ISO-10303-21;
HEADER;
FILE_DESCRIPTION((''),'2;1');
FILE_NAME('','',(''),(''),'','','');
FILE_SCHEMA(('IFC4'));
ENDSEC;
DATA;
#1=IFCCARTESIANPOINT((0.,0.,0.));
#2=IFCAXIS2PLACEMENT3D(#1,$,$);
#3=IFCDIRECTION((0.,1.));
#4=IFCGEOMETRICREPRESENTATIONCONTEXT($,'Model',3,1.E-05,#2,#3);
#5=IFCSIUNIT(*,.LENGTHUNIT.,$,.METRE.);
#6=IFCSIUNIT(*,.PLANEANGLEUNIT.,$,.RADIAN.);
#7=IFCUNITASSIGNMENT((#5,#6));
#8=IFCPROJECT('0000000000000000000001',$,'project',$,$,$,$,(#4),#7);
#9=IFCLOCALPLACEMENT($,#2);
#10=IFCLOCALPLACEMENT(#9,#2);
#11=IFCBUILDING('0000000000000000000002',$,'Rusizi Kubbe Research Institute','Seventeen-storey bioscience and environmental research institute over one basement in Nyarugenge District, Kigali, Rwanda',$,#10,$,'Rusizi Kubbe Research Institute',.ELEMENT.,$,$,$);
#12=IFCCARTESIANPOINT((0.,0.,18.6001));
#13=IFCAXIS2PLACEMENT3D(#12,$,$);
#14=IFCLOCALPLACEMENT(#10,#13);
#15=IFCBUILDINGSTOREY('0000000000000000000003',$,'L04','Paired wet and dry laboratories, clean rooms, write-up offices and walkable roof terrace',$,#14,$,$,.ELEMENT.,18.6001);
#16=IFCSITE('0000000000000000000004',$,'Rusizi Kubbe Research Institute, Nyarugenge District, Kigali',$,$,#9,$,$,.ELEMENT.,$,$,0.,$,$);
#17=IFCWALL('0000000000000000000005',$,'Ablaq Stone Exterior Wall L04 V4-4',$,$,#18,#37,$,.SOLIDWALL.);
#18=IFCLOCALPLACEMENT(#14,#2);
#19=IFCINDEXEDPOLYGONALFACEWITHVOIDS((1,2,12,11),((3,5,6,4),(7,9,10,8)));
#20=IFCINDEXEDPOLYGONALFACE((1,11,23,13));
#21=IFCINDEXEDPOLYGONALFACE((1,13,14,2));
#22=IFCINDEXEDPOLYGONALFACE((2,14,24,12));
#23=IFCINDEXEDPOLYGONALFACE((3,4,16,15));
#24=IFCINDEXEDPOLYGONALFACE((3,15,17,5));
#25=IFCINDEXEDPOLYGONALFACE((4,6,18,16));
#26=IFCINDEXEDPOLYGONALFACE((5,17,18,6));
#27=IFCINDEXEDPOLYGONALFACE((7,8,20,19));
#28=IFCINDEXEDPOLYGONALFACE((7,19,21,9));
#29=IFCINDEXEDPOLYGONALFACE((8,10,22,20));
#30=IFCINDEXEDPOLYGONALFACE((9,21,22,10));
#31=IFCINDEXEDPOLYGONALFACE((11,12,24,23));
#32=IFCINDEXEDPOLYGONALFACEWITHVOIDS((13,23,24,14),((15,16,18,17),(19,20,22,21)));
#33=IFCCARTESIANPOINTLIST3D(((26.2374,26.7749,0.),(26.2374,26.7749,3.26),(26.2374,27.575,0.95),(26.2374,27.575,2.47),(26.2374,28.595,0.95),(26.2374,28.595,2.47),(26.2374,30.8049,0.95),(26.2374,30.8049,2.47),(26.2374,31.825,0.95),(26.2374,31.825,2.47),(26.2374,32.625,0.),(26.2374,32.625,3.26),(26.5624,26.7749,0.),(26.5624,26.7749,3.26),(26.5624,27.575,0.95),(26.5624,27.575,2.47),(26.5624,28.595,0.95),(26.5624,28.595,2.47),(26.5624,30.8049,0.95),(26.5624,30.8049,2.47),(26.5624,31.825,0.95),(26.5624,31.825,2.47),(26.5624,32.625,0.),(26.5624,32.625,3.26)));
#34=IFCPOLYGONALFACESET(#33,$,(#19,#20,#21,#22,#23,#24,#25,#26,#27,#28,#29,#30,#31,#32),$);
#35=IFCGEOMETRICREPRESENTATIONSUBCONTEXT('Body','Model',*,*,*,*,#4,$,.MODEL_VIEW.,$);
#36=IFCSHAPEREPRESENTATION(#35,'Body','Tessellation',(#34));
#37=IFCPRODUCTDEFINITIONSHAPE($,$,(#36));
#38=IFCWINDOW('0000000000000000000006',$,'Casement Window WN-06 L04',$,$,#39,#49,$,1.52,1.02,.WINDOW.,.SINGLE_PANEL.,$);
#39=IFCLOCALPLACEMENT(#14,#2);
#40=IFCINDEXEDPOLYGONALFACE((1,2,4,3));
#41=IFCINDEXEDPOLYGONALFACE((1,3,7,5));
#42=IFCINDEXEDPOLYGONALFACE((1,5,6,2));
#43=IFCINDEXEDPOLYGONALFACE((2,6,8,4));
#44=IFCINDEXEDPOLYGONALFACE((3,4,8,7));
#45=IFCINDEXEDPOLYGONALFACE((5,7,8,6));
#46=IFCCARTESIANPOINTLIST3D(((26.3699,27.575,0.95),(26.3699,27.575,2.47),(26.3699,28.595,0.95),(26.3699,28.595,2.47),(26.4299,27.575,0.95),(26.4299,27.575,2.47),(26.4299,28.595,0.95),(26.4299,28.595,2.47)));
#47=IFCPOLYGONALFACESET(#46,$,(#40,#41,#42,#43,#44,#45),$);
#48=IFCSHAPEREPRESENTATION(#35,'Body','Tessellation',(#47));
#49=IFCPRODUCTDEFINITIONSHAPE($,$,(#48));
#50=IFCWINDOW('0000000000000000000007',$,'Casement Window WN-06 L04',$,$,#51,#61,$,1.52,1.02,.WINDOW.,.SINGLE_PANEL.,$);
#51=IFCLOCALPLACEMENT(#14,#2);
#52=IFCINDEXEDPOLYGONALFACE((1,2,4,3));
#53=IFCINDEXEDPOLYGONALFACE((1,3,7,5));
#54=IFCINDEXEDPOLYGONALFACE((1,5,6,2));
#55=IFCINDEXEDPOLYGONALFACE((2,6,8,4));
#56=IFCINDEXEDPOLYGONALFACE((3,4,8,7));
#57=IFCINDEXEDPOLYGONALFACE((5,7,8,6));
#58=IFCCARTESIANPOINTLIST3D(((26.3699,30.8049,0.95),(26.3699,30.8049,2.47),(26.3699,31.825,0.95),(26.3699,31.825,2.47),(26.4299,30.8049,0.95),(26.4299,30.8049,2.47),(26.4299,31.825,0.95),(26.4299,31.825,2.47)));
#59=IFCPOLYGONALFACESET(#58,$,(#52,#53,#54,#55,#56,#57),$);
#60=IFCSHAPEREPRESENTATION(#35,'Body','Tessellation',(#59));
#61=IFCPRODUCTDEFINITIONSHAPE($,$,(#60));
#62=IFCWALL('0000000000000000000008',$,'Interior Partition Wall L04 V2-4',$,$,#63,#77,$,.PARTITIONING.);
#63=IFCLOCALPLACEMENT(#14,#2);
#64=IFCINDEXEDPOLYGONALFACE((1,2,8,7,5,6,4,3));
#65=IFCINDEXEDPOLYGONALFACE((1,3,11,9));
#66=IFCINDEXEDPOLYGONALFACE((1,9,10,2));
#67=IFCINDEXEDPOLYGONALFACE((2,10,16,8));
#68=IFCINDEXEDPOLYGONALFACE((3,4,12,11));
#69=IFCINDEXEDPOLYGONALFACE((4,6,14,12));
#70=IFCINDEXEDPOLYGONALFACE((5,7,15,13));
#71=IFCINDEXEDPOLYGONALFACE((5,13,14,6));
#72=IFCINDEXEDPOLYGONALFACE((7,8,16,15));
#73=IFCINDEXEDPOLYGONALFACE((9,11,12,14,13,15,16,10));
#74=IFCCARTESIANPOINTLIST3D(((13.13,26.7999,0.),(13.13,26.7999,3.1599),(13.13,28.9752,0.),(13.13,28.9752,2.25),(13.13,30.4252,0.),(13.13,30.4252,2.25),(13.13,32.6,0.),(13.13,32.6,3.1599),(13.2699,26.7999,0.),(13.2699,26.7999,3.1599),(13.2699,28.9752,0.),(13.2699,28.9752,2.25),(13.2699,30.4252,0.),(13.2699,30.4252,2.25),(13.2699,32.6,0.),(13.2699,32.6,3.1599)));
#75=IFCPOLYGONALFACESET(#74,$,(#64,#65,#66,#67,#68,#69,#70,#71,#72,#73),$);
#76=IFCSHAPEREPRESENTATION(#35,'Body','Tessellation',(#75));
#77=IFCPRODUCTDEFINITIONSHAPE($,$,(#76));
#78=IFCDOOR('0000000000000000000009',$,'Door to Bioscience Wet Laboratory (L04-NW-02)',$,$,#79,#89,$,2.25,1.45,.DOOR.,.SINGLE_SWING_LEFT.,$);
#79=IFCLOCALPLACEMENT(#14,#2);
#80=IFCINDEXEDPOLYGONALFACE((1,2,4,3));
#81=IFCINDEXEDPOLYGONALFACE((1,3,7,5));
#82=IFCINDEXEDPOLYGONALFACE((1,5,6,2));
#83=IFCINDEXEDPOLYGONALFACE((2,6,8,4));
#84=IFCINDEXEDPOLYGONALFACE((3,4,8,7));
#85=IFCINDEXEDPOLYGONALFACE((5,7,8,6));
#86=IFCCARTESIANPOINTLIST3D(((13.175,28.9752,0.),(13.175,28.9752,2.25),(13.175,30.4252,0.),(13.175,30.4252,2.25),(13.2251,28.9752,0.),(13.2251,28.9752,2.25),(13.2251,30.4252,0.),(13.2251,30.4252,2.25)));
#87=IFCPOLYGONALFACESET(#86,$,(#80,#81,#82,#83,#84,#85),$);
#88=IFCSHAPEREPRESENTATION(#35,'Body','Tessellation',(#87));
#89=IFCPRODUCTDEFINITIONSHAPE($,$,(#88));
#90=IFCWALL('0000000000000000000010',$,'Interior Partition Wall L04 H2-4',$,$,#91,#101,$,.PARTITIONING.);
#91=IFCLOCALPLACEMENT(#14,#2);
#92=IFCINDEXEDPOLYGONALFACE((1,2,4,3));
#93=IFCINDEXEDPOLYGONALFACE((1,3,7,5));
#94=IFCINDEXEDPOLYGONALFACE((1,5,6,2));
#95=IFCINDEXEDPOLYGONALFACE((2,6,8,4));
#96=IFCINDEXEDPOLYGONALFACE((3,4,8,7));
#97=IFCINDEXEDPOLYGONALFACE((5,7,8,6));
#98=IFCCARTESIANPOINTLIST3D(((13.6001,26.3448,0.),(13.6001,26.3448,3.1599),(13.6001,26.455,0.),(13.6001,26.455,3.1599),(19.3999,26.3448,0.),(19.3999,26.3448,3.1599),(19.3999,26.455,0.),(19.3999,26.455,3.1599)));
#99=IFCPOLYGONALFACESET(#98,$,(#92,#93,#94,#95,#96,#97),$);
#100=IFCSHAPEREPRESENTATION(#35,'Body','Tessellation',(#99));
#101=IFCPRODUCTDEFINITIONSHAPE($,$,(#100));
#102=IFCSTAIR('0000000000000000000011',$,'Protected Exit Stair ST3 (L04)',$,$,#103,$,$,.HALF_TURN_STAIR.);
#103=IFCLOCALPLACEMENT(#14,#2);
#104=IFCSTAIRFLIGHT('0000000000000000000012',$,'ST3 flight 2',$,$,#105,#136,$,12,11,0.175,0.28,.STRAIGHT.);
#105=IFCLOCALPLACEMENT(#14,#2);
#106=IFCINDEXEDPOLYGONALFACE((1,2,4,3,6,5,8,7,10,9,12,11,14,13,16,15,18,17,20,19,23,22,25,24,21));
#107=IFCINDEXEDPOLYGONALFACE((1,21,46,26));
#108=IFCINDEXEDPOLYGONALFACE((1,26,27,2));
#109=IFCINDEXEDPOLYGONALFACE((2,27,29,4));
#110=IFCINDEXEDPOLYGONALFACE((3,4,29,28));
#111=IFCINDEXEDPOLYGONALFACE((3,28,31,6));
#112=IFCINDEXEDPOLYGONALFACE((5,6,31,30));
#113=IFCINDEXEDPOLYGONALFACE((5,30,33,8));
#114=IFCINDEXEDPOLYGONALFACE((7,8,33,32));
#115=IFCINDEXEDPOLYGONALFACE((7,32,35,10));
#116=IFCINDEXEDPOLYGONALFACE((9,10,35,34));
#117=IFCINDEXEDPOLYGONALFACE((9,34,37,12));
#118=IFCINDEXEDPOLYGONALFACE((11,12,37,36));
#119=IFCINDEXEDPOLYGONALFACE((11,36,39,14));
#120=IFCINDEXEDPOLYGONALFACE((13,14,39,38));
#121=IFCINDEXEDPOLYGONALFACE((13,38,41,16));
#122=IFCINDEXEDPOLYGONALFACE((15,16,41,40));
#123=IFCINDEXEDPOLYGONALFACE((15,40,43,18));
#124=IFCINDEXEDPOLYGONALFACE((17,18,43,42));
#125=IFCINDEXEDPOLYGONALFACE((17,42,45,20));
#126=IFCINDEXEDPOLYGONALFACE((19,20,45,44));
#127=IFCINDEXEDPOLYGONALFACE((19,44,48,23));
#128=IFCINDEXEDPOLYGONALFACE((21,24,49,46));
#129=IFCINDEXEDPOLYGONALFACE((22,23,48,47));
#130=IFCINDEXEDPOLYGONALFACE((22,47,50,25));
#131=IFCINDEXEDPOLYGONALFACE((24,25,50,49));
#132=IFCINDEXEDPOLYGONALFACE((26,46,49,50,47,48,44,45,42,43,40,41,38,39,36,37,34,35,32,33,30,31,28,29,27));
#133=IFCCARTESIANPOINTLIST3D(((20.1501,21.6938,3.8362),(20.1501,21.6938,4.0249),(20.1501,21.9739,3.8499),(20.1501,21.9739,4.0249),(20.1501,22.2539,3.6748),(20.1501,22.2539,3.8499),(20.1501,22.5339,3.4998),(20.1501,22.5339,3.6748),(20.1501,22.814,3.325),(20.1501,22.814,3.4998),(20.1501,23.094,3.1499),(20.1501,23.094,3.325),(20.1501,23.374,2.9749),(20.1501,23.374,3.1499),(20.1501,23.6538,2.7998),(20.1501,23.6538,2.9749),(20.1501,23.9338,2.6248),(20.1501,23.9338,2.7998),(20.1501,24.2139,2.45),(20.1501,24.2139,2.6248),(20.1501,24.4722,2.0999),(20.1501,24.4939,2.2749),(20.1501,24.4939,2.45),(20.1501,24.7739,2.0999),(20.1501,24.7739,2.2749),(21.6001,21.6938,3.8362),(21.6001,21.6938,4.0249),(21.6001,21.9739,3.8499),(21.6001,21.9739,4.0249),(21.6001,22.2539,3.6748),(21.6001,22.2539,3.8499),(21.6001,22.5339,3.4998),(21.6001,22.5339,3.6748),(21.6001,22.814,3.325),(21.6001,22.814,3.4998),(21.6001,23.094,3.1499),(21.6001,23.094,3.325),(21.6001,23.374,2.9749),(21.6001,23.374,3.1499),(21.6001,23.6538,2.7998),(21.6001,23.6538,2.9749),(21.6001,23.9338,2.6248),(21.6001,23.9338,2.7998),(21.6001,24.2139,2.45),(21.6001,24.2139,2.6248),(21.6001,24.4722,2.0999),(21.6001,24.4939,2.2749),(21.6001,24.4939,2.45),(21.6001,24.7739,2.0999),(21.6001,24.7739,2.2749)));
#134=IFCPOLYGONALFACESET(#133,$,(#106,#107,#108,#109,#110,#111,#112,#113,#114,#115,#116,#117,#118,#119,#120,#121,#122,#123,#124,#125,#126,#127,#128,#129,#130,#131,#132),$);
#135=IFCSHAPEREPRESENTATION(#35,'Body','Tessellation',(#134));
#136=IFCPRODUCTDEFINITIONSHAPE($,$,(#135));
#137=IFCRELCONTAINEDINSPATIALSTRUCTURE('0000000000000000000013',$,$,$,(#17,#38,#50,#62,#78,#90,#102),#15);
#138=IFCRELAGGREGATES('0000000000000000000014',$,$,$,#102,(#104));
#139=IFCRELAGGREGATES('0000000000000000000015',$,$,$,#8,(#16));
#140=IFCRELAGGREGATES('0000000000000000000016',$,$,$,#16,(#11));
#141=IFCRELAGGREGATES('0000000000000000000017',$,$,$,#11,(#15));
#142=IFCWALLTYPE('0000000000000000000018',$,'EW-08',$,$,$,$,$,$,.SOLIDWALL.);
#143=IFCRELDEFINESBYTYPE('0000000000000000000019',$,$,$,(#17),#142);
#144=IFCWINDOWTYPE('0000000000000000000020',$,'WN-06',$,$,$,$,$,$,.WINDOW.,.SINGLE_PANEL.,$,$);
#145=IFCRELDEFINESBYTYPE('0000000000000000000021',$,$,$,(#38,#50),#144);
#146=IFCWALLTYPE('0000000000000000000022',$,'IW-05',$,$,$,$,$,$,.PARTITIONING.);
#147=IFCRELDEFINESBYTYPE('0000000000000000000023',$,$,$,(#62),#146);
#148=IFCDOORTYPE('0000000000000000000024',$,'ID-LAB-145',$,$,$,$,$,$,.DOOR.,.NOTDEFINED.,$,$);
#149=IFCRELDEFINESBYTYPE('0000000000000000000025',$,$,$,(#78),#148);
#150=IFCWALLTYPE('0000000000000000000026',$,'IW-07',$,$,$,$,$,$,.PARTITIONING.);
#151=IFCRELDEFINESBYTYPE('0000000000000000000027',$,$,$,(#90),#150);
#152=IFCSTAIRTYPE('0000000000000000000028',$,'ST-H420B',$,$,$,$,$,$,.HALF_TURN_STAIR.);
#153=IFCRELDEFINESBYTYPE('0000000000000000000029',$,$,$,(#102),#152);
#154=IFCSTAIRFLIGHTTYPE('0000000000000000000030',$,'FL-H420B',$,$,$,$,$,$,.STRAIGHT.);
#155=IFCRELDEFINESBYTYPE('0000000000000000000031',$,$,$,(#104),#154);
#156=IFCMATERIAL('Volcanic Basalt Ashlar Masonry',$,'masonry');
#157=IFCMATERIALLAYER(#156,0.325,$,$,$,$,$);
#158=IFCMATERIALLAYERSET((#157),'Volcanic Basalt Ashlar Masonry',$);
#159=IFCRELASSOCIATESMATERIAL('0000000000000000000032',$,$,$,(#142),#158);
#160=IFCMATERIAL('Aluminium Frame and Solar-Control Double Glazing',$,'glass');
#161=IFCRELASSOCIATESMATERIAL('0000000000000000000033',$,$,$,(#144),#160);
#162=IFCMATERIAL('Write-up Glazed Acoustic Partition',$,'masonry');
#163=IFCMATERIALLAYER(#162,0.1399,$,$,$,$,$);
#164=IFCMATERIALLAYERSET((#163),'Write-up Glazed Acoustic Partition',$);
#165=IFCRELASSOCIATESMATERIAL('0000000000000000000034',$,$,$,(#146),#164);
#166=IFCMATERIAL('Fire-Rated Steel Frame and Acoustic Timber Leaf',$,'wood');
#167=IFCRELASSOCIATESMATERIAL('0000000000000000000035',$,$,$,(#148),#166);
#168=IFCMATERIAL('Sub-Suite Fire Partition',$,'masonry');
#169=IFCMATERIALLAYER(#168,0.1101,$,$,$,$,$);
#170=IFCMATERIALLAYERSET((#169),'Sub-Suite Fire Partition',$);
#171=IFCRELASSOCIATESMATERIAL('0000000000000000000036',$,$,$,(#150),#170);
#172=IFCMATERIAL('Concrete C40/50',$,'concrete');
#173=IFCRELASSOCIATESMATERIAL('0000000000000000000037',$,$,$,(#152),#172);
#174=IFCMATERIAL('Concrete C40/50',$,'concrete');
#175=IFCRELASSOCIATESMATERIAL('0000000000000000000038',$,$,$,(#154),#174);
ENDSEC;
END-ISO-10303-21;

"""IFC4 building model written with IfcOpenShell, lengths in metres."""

from ifc_helpers import new_model, si_unit, direction, frame, frame_2d, origin, place, context, subcontext, project, spatial, polyline, rectangle, outline, extrude, material, layer, layer_set, type_object, element, fill, aggregate, save


model = new_model("IFC4")

# Units and contexts
model_context = context("Model", 3, precision=1e-05, world=origin(), true_north=direction((0.0, 1.0)))
body_context = subcontext(model_context, "Body", "Model", "MODEL_VIEW")
ifc_project = project(units=[si_unit("LENGTHUNIT", "METRE"), si_unit("PLANEANGLEUNIT", "RADIAN")], contexts=[model_context])

# Site, building, storey
site_placement = place(None, origin())
site = spatial("IfcSite", under=ifc_project, at=site_placement, Name="Rusizi Kubbe Research Institute, Nyarugenge District, Kigali", CompositionType="ELEMENT", RefElevation=0.0)
building_placement = place(site_placement, origin())
building = spatial("IfcBuilding", under=site, at=building_placement, Name="Rusizi Kubbe Research Institute", Description="Seventeen-storey bioscience and environmental research institute over one basement in Nyarugenge District, Kigali, Rwanda", LongName="Rusizi Kubbe Research Institute", CompositionType="ELEMENT")
storey_placement = place(building_placement, frame((0.0, 0.0, 18.6001)))
storey = spatial("IfcBuildingStorey", under=building, at=storey_placement, Name="L04", Description="Paired wet and dry laboratories, clean rooms, write-up offices and walkable roof terrace", CompositionType="ELEMENT", Elevation=18.6001)

# Wall, openings, windows
ifc_material_1 = material(Name="Volcanic Basalt Ashlar Masonry", Category="masonry")
ifc_layer_1 = layer(ifc_material_1, 0.325)
ifc_layer_set_1 = layer_set([ifc_layer_1], Name="Volcanic Basalt Ashlar Masonry")
wall_type_1 = type_object("IfcWallType", Name="EW-08", PredefinedType="SOLIDWALL", material=ifc_layer_set_1)
wall_1_placement = place(storey_placement, frame((26.3999, 26.7749, 0.0), z_axis=(0.0, 0.0, 1.0), x_axis=(0.0, 1.0, 0.0)))
wall_1 = element("IfcWall", 1, at=wall_1_placement, inside=storey, type_object=wall_type_1, Name="Ablaq Stone Exterior Wall L04 V4-4", PredefinedType="SOLIDWALL", context=body_context, shape_type="SweptSolid", body=[
    extrude(rectangle(XDim=5.8501, YDim=0.325, at=frame_2d((2.925, 0.0))), origin(), (0.0, 0.0, 1.0), 3.26),
])
opening_1_placement = place(wall_1_placement, frame((0.8, 0.0, 0.95)))
opening_1 = element("IfcOpeningElement", 2, at=opening_1_placement, cuts=wall_1, PredefinedType="OPENING", context=body_context, shape_type="SweptSolid", body=[
    extrude(rectangle(XDim=1.02, YDim=1.52, at=frame_2d((0.51, 0.76))), frame((0.0, 0.1724, 0.0), z_axis=(0.0, -1.0, 0.0), x_axis=(1.0, 0.0, 0.0)), (0.0, 0.0, 1.0), 0.345),
])
opening_2_placement = place(wall_1_placement, frame((4.03, 0.0, 0.95)))
opening_2 = element("IfcOpeningElement", 3, at=opening_2_placement, cuts=wall_1, PredefinedType="OPENING", context=body_context, shape_type="SweptSolid", body=[
    extrude(rectangle(XDim=1.02, YDim=1.52, at=frame_2d((0.51, 0.76))), frame((0.0, 0.1724, 0.0), z_axis=(0.0, -1.0, 0.0), x_axis=(1.0, 0.0, 0.0)), (0.0, 0.0, 1.0), 0.345),
])
ifc_material_2 = material(Name="Aluminium Frame and Solar-Control Double Glazing", Category="glass")
window_type = type_object("IfcWindowType", Name="WN-06", PartitioningType="SINGLE_PANEL", PredefinedType="WINDOW", material=ifc_material_2)
window_1_placement = place(opening_1_placement, origin())
window_1 = element("IfcWindow", 4, at=window_1_placement, inside=storey, type_object=window_type, Name="Casement Window WN-06 L04", OverallHeight=1.52, OverallWidth=1.02, PartitioningType="SINGLE_PANEL", PredefinedType="WINDOW", context=body_context, shape_type="SweptSolid", body=[
    extrude(rectangle(XDim=1.02, YDim=1.52, at=frame_2d((0.51, 0.76))), frame((0.0, 0.03, 0.0), z_axis=(0.0, -1.0, 0.0), x_axis=(1.0, 0.0, 0.0)), (0.0, 0.0, 1.0), 0.0601),
])
fill(opening_1, window_1)
window_2_placement = place(opening_2_placement, origin())
window_2 = element("IfcWindow", 5, at=window_2_placement, inside=storey, type_object=window_type, Name="Casement Window WN-06 L04", OverallHeight=1.52, OverallWidth=1.02, PartitioningType="SINGLE_PANEL", PredefinedType="WINDOW", context=body_context, shape_type="SweptSolid", body=[
    extrude(rectangle(XDim=1.02, YDim=1.52, at=frame_2d((0.51, 0.76))), frame((0.0, 0.03, 0.0), z_axis=(0.0, -1.0, 0.0), x_axis=(1.0, 0.0, 0.0)), (0.0, 0.0, 1.0), 0.0601),
])
fill(opening_2, window_2)

# Wall, opening, door
ifc_material_3 = material(Name="Write-up Glazed Acoustic Partition", Category="masonry")
ifc_layer_2 = layer(ifc_material_3, 0.1399)
ifc_layer_set_2 = layer_set([ifc_layer_2], Name="Write-up Glazed Acoustic Partition")
wall_type_2 = type_object("IfcWallType", Name="IW-05", PredefinedType="PARTITIONING", material=ifc_layer_set_2)
wall_2_placement = place(storey_placement, frame((13.2, 26.8, 0.0), z_axis=(0.0, 0.0, 1.0), x_axis=(0.0, 1.0, 0.0)))
wall_2 = element("IfcWall", 6, at=wall_2_placement, inside=storey, type_object=wall_type_2, Name="Interior Partition Wall L04 V2-4", PredefinedType="PARTITIONING", context=body_context, shape_type="SweptSolid", body=[
    extrude(rectangle(XDim=5.8, YDim=0.1399, at=frame_2d((2.8999, 0.0))), origin(), (0.0, 0.0, 1.0), 3.1599),
])
opening_3_placement = place(wall_2_placement, frame((2.175, 0.0, 0.0)))
opening_3 = element("IfcOpeningElement", 7, at=opening_3_placement, cuts=wall_2, PredefinedType="OPENING", context=body_context, shape_type="SweptSolid", body=[
    extrude(rectangle(XDim=1.45, YDim=2.25, at=frame_2d((0.7251, 1.125))), frame((0.0, 0.0798, 0.0), z_axis=(0.0, -1.0, 0.0), x_axis=(1.0, 0.0, 0.0)), (0.0, 0.0, 1.0), 0.1599),
])
ifc_material_4 = material(Name="Fire-Rated Steel Frame and Acoustic Timber Leaf", Category="wood")
door_type = type_object("IfcDoorType", Name="ID-LAB-145", OperationType="NOTDEFINED", PredefinedType="DOOR", material=ifc_material_4)
door_placement = place(opening_3_placement, origin())
door = element("IfcDoor", 8, at=door_placement, inside=storey, type_object=door_type, Name="Door to Bioscience Wet Laboratory (L04-NW-02)", OperationType="SINGLE_SWING_LEFT", OverallHeight=2.25, OverallWidth=1.45, PredefinedType="DOOR", context=body_context, shape_type="SweptSolid", body=[
    extrude(rectangle(XDim=1.45, YDim=2.25, at=frame_2d((0.7251, 1.125))), frame((0.0, 0.0249, 0.0), z_axis=(0.0, -1.0, 0.0), x_axis=(1.0, 0.0, 0.0)), (0.0, 0.0, 1.0), 0.05),
])
fill(opening_3, door)

# Wall
ifc_material_5 = material(Name="Sub-Suite Fire Partition", Category="masonry")
ifc_layer_3 = layer(ifc_material_5, 0.1101)
ifc_layer_set_3 = layer_set([ifc_layer_3], Name="Sub-Suite Fire Partition")
wall_type_3 = type_object("IfcWallType", Name="IW-07", PredefinedType="PARTITIONING", material=ifc_layer_set_3)
wall_3_placement = place(storey_placement, frame((13.6001, 26.3999, 0.0), z_axis=(0.0, 0.0, 1.0), x_axis=(1.0, 0.0, 0.0)))
element("IfcWall", 9, at=wall_3_placement, inside=storey, type_object=wall_type_3, Name="Interior Partition Wall L04 H2-4", PredefinedType="PARTITIONING", context=body_context, shape_type="SweptSolid", body=[
    extrude(rectangle(XDim=5.7998, YDim=0.1101, at=frame_2d((2.8999, 0.0))), origin(), (0.0, 0.0, 1.0), 3.1599),
])

# Stair, stair flight
ifc_material_6 = material(Name="Concrete C40/50", Category="concrete")
stair_type = type_object("IfcStairType", Name="ST-H420B", PredefinedType="HALF_TURN_STAIR", material=ifc_material_6)
stair_placement = place(storey_placement, origin())
stair = element("IfcStair", 10, at=stair_placement, inside=storey, type_object=stair_type, Name="Protected Exit Stair ST3 (L04)", PredefinedType="HALF_TURN_STAIR")
ifc_material_7 = material(Name="Concrete C40/50", Category="concrete")
stair_flight_type = type_object("IfcStairFlightType", Name="FL-H420B", PredefinedType="STRAIGHT", material=ifc_material_7)
stair_flight_placement = place(storey_placement, frame((20.875, 24.7739, 2.0999), z_axis=(0.0, 0.0, 1.0), x_axis=(0.0, -1.0, 0.0)))
stair_flight = element("IfcStairFlight", 11, at=stair_flight_placement, type_object=stair_flight_type, Name="ST3 flight 2", NumberOfRisers=12, NumberOfTreads=11, PredefinedType="STRAIGHT", RiserHeight=0.175, TreadLength=0.28, context=body_context, shape_type="SweptSolid", body=[
    extrude(outline(polyline([(0.0, 0.0), (0.0, 0.175), (0.28, 0.175), (0.28, 0.3501), (0.5601, 0.3501), (0.5601, 0.5249), (0.8401, 0.5249), (0.8401, 0.7), (1.1201, 0.7), (1.1201, 0.875), (1.3999, 0.875), (1.3999, 1.05), (1.6799, 1.05), (1.6799, 1.2251), (1.96, 1.2251), (1.96, 1.3999), (2.24, 1.3999), (2.24, 1.575), (2.52, 1.575), (2.52, 1.75), (2.8, 1.75), (2.8, 1.925), (3.0801, 1.925), (3.0801, 2.1001), (3.0801, 1.7363), (0.3018, 0.0), (0.0, 0.0)])), frame((0.0, 0.7251, 0.0), z_axis=(0.0, -1.0, 0.0), x_axis=(1.0, 0.0, 0.0)), (0.0, 0.0, 1.0), 1.45),
])
aggregate(stair, [stair_flight])

save(model, "model.ifc")
